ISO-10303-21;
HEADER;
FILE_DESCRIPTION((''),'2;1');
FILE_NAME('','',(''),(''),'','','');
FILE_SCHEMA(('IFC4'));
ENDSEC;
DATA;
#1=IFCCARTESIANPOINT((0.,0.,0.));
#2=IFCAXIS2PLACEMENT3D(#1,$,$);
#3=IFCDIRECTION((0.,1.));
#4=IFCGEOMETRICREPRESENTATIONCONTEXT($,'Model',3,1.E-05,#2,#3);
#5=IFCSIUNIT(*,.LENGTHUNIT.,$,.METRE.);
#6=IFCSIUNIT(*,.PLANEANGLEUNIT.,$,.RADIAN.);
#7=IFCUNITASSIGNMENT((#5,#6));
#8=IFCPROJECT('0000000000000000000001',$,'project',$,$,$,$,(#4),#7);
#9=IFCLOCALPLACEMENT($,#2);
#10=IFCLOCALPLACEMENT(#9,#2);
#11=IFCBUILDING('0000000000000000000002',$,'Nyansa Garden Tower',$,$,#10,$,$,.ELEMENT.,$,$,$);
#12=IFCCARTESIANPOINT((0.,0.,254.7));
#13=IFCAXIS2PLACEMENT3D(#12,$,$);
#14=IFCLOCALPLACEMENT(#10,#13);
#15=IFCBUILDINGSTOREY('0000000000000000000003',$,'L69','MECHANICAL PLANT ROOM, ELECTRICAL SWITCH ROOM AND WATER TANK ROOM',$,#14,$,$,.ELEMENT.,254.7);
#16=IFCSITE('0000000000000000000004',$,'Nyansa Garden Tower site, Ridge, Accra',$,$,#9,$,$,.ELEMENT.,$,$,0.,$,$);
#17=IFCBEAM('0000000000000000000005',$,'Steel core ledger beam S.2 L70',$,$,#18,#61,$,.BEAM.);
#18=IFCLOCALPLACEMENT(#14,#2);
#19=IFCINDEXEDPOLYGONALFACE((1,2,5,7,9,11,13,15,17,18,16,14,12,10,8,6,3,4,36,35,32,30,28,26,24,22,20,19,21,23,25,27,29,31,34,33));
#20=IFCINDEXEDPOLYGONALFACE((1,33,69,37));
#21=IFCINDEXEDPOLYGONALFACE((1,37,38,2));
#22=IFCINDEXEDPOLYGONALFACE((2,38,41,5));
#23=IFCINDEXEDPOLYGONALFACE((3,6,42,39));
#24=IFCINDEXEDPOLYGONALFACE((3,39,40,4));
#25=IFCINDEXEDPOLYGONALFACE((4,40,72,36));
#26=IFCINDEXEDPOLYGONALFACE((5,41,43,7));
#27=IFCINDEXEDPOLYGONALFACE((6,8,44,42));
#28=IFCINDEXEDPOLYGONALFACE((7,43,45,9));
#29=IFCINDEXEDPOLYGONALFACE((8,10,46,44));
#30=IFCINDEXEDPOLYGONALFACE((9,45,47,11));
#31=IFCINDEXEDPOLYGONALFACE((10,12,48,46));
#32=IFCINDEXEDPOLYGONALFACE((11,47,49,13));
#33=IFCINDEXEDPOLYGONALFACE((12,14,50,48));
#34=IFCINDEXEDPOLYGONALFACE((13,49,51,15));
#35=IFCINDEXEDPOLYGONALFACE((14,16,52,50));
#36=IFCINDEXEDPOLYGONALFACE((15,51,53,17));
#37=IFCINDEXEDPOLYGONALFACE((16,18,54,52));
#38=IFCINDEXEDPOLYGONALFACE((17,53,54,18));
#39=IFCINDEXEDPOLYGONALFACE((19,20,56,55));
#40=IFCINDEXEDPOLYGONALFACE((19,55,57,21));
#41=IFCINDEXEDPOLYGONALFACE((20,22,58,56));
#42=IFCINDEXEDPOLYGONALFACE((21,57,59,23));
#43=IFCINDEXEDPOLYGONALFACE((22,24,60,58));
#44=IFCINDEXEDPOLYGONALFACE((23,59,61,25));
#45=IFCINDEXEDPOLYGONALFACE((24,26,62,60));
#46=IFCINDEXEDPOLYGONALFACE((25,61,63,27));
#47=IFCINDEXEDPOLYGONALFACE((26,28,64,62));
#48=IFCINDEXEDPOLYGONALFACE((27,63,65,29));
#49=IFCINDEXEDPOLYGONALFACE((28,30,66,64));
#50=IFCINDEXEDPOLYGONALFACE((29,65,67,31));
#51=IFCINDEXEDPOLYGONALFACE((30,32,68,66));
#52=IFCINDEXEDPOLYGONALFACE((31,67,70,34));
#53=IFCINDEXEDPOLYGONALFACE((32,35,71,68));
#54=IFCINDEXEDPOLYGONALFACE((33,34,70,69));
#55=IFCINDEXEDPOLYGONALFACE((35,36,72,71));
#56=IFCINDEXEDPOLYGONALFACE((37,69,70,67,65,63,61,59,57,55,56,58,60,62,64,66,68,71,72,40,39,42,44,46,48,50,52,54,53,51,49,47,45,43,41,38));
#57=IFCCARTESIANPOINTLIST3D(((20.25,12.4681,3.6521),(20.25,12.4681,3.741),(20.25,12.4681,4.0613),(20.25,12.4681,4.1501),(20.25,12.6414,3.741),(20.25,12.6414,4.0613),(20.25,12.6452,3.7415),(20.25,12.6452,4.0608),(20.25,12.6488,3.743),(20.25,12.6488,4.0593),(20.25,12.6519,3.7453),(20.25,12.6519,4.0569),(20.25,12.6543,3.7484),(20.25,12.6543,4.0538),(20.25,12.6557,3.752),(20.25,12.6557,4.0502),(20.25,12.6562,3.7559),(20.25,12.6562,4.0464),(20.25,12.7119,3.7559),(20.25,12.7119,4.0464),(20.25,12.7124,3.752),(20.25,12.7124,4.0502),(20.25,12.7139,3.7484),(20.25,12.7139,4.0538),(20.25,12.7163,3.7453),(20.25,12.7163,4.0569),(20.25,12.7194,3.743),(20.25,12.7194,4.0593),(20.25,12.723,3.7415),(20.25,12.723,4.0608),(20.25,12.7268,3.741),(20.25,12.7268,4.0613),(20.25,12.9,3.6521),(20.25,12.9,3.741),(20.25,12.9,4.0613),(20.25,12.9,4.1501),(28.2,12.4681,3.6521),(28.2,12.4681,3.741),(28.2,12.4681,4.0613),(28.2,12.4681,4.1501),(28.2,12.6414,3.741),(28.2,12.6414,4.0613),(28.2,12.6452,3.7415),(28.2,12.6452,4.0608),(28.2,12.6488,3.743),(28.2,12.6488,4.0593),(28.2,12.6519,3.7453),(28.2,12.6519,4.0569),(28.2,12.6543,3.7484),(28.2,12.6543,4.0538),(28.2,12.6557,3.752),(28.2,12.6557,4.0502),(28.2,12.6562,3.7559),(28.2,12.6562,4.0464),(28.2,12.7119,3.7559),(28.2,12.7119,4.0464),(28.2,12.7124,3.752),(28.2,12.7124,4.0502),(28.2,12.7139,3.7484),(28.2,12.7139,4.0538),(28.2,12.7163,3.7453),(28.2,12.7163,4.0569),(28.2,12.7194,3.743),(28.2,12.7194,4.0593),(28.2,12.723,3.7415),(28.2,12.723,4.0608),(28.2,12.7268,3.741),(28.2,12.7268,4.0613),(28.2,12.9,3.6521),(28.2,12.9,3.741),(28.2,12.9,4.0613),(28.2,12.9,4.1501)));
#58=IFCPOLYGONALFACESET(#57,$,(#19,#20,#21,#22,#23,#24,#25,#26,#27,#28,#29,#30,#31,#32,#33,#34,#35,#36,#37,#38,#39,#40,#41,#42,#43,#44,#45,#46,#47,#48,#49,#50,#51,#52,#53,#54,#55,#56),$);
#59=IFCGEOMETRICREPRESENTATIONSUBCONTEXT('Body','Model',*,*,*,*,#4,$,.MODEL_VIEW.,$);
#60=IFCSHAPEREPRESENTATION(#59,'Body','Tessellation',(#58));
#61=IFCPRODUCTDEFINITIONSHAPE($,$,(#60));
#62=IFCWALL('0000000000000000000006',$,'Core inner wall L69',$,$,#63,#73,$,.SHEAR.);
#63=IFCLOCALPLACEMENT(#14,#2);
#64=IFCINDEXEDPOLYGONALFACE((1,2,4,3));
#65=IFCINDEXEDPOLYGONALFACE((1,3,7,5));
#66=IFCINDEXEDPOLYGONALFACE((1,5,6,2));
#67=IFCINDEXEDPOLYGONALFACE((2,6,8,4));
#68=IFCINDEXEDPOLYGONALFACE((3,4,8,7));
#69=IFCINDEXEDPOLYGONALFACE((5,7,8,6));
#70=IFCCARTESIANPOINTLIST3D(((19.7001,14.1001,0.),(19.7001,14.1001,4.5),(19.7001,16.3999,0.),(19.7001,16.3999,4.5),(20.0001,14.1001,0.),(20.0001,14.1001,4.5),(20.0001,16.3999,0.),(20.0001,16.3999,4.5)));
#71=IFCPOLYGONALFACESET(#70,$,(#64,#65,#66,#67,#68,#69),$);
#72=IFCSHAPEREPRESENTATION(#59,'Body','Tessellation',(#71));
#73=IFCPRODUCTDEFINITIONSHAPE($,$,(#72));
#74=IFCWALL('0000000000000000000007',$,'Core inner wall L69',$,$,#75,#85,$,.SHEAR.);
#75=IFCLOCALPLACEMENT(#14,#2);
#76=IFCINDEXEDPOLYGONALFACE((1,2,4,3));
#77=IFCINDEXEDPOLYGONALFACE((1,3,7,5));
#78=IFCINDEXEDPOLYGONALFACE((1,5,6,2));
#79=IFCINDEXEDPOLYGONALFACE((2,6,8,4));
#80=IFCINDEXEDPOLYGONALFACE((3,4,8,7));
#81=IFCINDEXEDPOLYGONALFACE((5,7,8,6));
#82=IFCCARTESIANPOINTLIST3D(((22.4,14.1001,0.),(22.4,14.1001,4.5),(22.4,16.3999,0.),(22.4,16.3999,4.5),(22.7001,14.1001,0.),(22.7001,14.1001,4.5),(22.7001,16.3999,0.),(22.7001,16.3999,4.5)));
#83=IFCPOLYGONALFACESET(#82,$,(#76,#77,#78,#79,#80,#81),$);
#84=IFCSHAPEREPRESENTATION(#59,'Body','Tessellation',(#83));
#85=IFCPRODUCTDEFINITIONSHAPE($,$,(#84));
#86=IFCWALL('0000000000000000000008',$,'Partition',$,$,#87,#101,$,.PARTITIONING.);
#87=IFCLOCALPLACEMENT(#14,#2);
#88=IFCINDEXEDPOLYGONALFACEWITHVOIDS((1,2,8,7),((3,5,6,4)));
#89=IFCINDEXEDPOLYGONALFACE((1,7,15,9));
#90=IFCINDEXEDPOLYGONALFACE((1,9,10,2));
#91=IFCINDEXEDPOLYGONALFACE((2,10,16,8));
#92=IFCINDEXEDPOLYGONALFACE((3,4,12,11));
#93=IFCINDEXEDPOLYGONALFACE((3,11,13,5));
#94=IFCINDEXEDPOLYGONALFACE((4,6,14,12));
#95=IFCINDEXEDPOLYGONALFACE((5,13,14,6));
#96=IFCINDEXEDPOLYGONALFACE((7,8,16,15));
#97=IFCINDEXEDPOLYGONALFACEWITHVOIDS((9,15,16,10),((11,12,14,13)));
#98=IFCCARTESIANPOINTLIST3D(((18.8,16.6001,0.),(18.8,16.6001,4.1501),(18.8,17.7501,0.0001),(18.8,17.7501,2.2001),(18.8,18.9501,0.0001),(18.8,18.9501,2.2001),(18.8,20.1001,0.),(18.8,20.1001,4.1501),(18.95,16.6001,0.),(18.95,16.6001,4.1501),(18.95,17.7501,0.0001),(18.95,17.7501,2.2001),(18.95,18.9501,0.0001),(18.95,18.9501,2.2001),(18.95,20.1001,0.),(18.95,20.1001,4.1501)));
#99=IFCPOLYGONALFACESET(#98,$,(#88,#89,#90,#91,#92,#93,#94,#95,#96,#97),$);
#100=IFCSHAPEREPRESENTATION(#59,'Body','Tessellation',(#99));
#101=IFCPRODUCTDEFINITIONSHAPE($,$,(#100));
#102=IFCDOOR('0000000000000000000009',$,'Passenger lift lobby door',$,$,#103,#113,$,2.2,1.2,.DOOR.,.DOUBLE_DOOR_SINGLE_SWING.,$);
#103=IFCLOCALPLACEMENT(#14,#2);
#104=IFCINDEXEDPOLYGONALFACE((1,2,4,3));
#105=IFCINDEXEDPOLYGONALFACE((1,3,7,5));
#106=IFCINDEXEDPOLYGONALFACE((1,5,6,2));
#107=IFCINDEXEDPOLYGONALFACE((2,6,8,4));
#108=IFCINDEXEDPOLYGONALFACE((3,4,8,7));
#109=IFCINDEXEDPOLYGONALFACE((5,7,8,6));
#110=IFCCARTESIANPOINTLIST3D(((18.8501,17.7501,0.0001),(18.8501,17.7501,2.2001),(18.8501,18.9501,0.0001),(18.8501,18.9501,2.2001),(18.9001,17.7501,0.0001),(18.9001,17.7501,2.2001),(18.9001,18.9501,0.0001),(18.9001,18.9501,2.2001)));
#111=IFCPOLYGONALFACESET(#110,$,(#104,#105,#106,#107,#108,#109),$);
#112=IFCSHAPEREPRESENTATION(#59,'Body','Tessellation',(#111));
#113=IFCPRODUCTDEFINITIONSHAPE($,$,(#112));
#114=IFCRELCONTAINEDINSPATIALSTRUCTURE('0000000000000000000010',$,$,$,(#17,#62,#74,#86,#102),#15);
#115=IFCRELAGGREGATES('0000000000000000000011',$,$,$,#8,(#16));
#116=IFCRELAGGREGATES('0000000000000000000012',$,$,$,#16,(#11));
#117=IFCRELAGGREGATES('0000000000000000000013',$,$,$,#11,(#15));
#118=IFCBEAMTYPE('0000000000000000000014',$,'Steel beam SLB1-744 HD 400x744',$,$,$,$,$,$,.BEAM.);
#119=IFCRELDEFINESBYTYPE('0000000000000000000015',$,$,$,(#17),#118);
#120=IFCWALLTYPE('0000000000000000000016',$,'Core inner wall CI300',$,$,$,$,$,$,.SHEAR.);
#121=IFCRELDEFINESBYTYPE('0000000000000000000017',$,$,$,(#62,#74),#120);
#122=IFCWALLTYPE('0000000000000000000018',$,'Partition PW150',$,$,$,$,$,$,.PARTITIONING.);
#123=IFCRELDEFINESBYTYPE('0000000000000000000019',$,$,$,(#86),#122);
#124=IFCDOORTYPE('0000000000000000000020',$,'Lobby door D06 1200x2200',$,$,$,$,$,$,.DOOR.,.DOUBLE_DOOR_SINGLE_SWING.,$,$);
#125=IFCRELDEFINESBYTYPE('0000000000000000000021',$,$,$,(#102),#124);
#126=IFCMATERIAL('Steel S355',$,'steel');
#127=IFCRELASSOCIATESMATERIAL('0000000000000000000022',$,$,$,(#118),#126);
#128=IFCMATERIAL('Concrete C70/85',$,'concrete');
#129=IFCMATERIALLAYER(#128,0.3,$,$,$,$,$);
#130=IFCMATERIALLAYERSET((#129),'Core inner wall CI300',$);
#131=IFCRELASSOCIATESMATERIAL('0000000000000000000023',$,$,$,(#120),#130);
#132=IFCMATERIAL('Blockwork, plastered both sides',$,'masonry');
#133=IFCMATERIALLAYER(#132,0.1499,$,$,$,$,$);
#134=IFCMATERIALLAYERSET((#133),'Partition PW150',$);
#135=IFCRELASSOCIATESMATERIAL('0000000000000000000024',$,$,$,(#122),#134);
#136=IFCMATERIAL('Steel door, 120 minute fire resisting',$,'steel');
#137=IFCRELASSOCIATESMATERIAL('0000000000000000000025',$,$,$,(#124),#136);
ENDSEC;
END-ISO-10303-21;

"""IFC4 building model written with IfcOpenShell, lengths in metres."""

from ifc_helpers import new_model, si_unit, direction, frame, frame_2d, origin, origin_2d, place, context, subcontext, project, spatial, rectangle, i_section, extrude, material, layer, layer_set, material_profile, profile_set, type_object, element, fill, save


model = new_model("IFC4")

# Units and contexts
model_context = context("Model", 3, precision=1e-05, world=origin(), true_north=direction((0.0, 1.0)))
body_context = subcontext(model_context, "Body", "Model", "MODEL_VIEW")
ifc_project = project(units=[si_unit("LENGTHUNIT", "METRE"), si_unit("PLANEANGLEUNIT", "RADIAN")], contexts=[model_context])

# Site, building, storey
site_placement = place(None, origin())
site = spatial("IfcSite", under=ifc_project, at=site_placement, Name="Nyansa Garden Tower site, Ridge, Accra", CompositionType="ELEMENT", RefElevation=0.0)
building_placement = place(site_placement, origin())
building = spatial("IfcBuilding", under=site, at=building_placement, Name="Nyansa Garden Tower", CompositionType="ELEMENT")
storey_placement = place(building_placement, frame((0.0, 0.0, 254.7)))
storey = spatial("IfcBuildingStorey", under=building, at=storey_placement, Name="L69", Description="MECHANICAL PLANT ROOM, ELECTRICAL SWITCH ROOM AND WATER TANK ROOM", CompositionType="ELEMENT", Elevation=254.7)

# Beam
ifc_material_1 = material(Name="Steel S355", Category="steel")
ifc_material_profile_1 = material_profile(ifc_material_1, i_section(OverallWidth=0.4319, OverallDepth=0.498, WebThickness=0.0557, FlangeThickness=0.0889, FilletRadius=0.0149, at=origin_2d()), Name="HD 400x744")
ifc_profile_set_1 = profile_set([ifc_material_profile_1], Name="Steel S355")
beam_type_1 = type_object("IfcBeamType", Name="Steel beam SLB1-744 HD 400x744", PredefinedType="BEAM", material=ifc_profile_set_1)
beam_1_placement = place(storey_placement, frame((20.25, 12.6841, 3.9011), z_axis=(1.0, 0.0, 0.0), x_axis=(0.0, 1.0, 0.0)))
element("IfcBeam", 1, at=beam_1_placement, inside=storey, type_object=beam_type_1, Name="Steel core ledger beam S.2 L70", PredefinedType="BEAM", context=body_context, shape_type="SweptSolid", body=[
    extrude(i_section(OverallWidth=0.4319, OverallDepth=0.498, WebThickness=0.0557, FlangeThickness=0.0889, FilletRadius=0.0149, at=origin_2d()), origin(), (0.0, 0.0, 1.0), 7.95),
])

# Walls
ifc_material_2 = material(Name="Concrete C70/85", Category="concrete")
ifc_layer_1 = layer(ifc_material_2, 0.3)
ifc_layer_set_1 = layer_set([ifc_layer_1], Name="Core inner wall CI300")
wall_type_1 = type_object("IfcWallType", Name="Core inner wall CI300", PredefinedType="SHEAR", material=ifc_layer_set_1)
for number, where, z_axis, x_axis, name in (
    (2, (19.8501, 14.1001, 0.0), (0.0, 0.0, 1.0), (0.0, 1.0, 0.0), "Core inner wall L69"),
    (3, (22.55, 14.1001, 0.0), (0.0, 0.0, 1.0), (0.0, 1.0, 0.0), "Core inner wall L69"),
):
    element("IfcWall", number, at=place(storey_placement, frame(where, z_axis=z_axis, x_axis=x_axis)), inside=storey, type_object=wall_type_1, Name=name, PredefinedType="SHEAR", context=body_context, shape_type="SweptSolid", body=[
        extrude(rectangle(XDim=2.2998, YDim=0.3, at=frame_2d((1.1499, 0.0))), origin(), (0.0, 0.0, 1.0), 4.5),
    ])

# Wall, opening, door
ifc_material_3 = material(Name="Blockwork, plastered both sides", Category="masonry")
ifc_layer_2 = layer(ifc_material_3, 0.1499)
ifc_layer_set_2 = layer_set([ifc_layer_2], Name="Partition PW150")
wall_type_2 = type_object("IfcWallType", Name="Partition PW150", PredefinedType="PARTITIONING", material=ifc_layer_set_2)
wall_placement = place(storey_placement, frame((18.875, 16.6001, 0.0), z_axis=(0.0, 0.0, 1.0), x_axis=(0.0, 1.0, 0.0)))
wall = element("IfcWall", 4, at=wall_placement, inside=storey, type_object=wall_type_2, Name="Partition", PredefinedType="PARTITIONING", context=body_context, shape_type="SweptSolid", body=[
    extrude(rectangle(XDim=3.5, YDim=0.1499, at=frame_2d((1.75, 0.0))), origin(), (0.0, 0.0, 1.0), 4.1501),
])
opening_placement = place(wall_placement, frame((1.1499, 0.0, 0.0)))
opening = element("IfcOpeningElement", 5, at=opening_placement, cuts=wall, PredefinedType="OPENING", context=body_context, shape_type="SweptSolid", body=[
    extrude(rectangle(XDim=1.2, YDim=2.2, at=frame_2d((0.6001, 1.1001))), frame((0.0, 0.085, 0.0), z_axis=(0.0, -1.0, 0.0), x_axis=(1.0, 0.0, 0.0)), (0.0, 0.0, 1.0), 0.1699),
])
ifc_material_4 = material(Name="Steel door, 120 minute fire resisting", Category="steel")
door_type = type_object("IfcDoorType", Name="Lobby door D06 1200x2200", OperationType="DOUBLE_DOOR_SINGLE_SWING", PredefinedType="DOOR", material=ifc_material_4)
door_placement = place(opening_placement, origin())
door = element("IfcDoor", 6, at=door_placement, inside=storey, type_object=door_type, Name="Passenger lift lobby door", OperationType="DOUBLE_DOOR_SINGLE_SWING", OverallHeight=2.2, OverallWidth=1.2, PredefinedType="DOOR", context=body_context, shape_type="SweptSolid", body=[
    extrude(rectangle(XDim=1.2, YDim=2.2, at=frame_2d((0.6001, 1.1001))), frame((0.0, 0.0249, 0.0), z_axis=(0.0, -1.0, 0.0), x_axis=(1.0, 0.0, 0.0)), (0.0, 0.0, 1.0), 0.05),
])
fill(opening, door)

save(model, "model.ifc")
